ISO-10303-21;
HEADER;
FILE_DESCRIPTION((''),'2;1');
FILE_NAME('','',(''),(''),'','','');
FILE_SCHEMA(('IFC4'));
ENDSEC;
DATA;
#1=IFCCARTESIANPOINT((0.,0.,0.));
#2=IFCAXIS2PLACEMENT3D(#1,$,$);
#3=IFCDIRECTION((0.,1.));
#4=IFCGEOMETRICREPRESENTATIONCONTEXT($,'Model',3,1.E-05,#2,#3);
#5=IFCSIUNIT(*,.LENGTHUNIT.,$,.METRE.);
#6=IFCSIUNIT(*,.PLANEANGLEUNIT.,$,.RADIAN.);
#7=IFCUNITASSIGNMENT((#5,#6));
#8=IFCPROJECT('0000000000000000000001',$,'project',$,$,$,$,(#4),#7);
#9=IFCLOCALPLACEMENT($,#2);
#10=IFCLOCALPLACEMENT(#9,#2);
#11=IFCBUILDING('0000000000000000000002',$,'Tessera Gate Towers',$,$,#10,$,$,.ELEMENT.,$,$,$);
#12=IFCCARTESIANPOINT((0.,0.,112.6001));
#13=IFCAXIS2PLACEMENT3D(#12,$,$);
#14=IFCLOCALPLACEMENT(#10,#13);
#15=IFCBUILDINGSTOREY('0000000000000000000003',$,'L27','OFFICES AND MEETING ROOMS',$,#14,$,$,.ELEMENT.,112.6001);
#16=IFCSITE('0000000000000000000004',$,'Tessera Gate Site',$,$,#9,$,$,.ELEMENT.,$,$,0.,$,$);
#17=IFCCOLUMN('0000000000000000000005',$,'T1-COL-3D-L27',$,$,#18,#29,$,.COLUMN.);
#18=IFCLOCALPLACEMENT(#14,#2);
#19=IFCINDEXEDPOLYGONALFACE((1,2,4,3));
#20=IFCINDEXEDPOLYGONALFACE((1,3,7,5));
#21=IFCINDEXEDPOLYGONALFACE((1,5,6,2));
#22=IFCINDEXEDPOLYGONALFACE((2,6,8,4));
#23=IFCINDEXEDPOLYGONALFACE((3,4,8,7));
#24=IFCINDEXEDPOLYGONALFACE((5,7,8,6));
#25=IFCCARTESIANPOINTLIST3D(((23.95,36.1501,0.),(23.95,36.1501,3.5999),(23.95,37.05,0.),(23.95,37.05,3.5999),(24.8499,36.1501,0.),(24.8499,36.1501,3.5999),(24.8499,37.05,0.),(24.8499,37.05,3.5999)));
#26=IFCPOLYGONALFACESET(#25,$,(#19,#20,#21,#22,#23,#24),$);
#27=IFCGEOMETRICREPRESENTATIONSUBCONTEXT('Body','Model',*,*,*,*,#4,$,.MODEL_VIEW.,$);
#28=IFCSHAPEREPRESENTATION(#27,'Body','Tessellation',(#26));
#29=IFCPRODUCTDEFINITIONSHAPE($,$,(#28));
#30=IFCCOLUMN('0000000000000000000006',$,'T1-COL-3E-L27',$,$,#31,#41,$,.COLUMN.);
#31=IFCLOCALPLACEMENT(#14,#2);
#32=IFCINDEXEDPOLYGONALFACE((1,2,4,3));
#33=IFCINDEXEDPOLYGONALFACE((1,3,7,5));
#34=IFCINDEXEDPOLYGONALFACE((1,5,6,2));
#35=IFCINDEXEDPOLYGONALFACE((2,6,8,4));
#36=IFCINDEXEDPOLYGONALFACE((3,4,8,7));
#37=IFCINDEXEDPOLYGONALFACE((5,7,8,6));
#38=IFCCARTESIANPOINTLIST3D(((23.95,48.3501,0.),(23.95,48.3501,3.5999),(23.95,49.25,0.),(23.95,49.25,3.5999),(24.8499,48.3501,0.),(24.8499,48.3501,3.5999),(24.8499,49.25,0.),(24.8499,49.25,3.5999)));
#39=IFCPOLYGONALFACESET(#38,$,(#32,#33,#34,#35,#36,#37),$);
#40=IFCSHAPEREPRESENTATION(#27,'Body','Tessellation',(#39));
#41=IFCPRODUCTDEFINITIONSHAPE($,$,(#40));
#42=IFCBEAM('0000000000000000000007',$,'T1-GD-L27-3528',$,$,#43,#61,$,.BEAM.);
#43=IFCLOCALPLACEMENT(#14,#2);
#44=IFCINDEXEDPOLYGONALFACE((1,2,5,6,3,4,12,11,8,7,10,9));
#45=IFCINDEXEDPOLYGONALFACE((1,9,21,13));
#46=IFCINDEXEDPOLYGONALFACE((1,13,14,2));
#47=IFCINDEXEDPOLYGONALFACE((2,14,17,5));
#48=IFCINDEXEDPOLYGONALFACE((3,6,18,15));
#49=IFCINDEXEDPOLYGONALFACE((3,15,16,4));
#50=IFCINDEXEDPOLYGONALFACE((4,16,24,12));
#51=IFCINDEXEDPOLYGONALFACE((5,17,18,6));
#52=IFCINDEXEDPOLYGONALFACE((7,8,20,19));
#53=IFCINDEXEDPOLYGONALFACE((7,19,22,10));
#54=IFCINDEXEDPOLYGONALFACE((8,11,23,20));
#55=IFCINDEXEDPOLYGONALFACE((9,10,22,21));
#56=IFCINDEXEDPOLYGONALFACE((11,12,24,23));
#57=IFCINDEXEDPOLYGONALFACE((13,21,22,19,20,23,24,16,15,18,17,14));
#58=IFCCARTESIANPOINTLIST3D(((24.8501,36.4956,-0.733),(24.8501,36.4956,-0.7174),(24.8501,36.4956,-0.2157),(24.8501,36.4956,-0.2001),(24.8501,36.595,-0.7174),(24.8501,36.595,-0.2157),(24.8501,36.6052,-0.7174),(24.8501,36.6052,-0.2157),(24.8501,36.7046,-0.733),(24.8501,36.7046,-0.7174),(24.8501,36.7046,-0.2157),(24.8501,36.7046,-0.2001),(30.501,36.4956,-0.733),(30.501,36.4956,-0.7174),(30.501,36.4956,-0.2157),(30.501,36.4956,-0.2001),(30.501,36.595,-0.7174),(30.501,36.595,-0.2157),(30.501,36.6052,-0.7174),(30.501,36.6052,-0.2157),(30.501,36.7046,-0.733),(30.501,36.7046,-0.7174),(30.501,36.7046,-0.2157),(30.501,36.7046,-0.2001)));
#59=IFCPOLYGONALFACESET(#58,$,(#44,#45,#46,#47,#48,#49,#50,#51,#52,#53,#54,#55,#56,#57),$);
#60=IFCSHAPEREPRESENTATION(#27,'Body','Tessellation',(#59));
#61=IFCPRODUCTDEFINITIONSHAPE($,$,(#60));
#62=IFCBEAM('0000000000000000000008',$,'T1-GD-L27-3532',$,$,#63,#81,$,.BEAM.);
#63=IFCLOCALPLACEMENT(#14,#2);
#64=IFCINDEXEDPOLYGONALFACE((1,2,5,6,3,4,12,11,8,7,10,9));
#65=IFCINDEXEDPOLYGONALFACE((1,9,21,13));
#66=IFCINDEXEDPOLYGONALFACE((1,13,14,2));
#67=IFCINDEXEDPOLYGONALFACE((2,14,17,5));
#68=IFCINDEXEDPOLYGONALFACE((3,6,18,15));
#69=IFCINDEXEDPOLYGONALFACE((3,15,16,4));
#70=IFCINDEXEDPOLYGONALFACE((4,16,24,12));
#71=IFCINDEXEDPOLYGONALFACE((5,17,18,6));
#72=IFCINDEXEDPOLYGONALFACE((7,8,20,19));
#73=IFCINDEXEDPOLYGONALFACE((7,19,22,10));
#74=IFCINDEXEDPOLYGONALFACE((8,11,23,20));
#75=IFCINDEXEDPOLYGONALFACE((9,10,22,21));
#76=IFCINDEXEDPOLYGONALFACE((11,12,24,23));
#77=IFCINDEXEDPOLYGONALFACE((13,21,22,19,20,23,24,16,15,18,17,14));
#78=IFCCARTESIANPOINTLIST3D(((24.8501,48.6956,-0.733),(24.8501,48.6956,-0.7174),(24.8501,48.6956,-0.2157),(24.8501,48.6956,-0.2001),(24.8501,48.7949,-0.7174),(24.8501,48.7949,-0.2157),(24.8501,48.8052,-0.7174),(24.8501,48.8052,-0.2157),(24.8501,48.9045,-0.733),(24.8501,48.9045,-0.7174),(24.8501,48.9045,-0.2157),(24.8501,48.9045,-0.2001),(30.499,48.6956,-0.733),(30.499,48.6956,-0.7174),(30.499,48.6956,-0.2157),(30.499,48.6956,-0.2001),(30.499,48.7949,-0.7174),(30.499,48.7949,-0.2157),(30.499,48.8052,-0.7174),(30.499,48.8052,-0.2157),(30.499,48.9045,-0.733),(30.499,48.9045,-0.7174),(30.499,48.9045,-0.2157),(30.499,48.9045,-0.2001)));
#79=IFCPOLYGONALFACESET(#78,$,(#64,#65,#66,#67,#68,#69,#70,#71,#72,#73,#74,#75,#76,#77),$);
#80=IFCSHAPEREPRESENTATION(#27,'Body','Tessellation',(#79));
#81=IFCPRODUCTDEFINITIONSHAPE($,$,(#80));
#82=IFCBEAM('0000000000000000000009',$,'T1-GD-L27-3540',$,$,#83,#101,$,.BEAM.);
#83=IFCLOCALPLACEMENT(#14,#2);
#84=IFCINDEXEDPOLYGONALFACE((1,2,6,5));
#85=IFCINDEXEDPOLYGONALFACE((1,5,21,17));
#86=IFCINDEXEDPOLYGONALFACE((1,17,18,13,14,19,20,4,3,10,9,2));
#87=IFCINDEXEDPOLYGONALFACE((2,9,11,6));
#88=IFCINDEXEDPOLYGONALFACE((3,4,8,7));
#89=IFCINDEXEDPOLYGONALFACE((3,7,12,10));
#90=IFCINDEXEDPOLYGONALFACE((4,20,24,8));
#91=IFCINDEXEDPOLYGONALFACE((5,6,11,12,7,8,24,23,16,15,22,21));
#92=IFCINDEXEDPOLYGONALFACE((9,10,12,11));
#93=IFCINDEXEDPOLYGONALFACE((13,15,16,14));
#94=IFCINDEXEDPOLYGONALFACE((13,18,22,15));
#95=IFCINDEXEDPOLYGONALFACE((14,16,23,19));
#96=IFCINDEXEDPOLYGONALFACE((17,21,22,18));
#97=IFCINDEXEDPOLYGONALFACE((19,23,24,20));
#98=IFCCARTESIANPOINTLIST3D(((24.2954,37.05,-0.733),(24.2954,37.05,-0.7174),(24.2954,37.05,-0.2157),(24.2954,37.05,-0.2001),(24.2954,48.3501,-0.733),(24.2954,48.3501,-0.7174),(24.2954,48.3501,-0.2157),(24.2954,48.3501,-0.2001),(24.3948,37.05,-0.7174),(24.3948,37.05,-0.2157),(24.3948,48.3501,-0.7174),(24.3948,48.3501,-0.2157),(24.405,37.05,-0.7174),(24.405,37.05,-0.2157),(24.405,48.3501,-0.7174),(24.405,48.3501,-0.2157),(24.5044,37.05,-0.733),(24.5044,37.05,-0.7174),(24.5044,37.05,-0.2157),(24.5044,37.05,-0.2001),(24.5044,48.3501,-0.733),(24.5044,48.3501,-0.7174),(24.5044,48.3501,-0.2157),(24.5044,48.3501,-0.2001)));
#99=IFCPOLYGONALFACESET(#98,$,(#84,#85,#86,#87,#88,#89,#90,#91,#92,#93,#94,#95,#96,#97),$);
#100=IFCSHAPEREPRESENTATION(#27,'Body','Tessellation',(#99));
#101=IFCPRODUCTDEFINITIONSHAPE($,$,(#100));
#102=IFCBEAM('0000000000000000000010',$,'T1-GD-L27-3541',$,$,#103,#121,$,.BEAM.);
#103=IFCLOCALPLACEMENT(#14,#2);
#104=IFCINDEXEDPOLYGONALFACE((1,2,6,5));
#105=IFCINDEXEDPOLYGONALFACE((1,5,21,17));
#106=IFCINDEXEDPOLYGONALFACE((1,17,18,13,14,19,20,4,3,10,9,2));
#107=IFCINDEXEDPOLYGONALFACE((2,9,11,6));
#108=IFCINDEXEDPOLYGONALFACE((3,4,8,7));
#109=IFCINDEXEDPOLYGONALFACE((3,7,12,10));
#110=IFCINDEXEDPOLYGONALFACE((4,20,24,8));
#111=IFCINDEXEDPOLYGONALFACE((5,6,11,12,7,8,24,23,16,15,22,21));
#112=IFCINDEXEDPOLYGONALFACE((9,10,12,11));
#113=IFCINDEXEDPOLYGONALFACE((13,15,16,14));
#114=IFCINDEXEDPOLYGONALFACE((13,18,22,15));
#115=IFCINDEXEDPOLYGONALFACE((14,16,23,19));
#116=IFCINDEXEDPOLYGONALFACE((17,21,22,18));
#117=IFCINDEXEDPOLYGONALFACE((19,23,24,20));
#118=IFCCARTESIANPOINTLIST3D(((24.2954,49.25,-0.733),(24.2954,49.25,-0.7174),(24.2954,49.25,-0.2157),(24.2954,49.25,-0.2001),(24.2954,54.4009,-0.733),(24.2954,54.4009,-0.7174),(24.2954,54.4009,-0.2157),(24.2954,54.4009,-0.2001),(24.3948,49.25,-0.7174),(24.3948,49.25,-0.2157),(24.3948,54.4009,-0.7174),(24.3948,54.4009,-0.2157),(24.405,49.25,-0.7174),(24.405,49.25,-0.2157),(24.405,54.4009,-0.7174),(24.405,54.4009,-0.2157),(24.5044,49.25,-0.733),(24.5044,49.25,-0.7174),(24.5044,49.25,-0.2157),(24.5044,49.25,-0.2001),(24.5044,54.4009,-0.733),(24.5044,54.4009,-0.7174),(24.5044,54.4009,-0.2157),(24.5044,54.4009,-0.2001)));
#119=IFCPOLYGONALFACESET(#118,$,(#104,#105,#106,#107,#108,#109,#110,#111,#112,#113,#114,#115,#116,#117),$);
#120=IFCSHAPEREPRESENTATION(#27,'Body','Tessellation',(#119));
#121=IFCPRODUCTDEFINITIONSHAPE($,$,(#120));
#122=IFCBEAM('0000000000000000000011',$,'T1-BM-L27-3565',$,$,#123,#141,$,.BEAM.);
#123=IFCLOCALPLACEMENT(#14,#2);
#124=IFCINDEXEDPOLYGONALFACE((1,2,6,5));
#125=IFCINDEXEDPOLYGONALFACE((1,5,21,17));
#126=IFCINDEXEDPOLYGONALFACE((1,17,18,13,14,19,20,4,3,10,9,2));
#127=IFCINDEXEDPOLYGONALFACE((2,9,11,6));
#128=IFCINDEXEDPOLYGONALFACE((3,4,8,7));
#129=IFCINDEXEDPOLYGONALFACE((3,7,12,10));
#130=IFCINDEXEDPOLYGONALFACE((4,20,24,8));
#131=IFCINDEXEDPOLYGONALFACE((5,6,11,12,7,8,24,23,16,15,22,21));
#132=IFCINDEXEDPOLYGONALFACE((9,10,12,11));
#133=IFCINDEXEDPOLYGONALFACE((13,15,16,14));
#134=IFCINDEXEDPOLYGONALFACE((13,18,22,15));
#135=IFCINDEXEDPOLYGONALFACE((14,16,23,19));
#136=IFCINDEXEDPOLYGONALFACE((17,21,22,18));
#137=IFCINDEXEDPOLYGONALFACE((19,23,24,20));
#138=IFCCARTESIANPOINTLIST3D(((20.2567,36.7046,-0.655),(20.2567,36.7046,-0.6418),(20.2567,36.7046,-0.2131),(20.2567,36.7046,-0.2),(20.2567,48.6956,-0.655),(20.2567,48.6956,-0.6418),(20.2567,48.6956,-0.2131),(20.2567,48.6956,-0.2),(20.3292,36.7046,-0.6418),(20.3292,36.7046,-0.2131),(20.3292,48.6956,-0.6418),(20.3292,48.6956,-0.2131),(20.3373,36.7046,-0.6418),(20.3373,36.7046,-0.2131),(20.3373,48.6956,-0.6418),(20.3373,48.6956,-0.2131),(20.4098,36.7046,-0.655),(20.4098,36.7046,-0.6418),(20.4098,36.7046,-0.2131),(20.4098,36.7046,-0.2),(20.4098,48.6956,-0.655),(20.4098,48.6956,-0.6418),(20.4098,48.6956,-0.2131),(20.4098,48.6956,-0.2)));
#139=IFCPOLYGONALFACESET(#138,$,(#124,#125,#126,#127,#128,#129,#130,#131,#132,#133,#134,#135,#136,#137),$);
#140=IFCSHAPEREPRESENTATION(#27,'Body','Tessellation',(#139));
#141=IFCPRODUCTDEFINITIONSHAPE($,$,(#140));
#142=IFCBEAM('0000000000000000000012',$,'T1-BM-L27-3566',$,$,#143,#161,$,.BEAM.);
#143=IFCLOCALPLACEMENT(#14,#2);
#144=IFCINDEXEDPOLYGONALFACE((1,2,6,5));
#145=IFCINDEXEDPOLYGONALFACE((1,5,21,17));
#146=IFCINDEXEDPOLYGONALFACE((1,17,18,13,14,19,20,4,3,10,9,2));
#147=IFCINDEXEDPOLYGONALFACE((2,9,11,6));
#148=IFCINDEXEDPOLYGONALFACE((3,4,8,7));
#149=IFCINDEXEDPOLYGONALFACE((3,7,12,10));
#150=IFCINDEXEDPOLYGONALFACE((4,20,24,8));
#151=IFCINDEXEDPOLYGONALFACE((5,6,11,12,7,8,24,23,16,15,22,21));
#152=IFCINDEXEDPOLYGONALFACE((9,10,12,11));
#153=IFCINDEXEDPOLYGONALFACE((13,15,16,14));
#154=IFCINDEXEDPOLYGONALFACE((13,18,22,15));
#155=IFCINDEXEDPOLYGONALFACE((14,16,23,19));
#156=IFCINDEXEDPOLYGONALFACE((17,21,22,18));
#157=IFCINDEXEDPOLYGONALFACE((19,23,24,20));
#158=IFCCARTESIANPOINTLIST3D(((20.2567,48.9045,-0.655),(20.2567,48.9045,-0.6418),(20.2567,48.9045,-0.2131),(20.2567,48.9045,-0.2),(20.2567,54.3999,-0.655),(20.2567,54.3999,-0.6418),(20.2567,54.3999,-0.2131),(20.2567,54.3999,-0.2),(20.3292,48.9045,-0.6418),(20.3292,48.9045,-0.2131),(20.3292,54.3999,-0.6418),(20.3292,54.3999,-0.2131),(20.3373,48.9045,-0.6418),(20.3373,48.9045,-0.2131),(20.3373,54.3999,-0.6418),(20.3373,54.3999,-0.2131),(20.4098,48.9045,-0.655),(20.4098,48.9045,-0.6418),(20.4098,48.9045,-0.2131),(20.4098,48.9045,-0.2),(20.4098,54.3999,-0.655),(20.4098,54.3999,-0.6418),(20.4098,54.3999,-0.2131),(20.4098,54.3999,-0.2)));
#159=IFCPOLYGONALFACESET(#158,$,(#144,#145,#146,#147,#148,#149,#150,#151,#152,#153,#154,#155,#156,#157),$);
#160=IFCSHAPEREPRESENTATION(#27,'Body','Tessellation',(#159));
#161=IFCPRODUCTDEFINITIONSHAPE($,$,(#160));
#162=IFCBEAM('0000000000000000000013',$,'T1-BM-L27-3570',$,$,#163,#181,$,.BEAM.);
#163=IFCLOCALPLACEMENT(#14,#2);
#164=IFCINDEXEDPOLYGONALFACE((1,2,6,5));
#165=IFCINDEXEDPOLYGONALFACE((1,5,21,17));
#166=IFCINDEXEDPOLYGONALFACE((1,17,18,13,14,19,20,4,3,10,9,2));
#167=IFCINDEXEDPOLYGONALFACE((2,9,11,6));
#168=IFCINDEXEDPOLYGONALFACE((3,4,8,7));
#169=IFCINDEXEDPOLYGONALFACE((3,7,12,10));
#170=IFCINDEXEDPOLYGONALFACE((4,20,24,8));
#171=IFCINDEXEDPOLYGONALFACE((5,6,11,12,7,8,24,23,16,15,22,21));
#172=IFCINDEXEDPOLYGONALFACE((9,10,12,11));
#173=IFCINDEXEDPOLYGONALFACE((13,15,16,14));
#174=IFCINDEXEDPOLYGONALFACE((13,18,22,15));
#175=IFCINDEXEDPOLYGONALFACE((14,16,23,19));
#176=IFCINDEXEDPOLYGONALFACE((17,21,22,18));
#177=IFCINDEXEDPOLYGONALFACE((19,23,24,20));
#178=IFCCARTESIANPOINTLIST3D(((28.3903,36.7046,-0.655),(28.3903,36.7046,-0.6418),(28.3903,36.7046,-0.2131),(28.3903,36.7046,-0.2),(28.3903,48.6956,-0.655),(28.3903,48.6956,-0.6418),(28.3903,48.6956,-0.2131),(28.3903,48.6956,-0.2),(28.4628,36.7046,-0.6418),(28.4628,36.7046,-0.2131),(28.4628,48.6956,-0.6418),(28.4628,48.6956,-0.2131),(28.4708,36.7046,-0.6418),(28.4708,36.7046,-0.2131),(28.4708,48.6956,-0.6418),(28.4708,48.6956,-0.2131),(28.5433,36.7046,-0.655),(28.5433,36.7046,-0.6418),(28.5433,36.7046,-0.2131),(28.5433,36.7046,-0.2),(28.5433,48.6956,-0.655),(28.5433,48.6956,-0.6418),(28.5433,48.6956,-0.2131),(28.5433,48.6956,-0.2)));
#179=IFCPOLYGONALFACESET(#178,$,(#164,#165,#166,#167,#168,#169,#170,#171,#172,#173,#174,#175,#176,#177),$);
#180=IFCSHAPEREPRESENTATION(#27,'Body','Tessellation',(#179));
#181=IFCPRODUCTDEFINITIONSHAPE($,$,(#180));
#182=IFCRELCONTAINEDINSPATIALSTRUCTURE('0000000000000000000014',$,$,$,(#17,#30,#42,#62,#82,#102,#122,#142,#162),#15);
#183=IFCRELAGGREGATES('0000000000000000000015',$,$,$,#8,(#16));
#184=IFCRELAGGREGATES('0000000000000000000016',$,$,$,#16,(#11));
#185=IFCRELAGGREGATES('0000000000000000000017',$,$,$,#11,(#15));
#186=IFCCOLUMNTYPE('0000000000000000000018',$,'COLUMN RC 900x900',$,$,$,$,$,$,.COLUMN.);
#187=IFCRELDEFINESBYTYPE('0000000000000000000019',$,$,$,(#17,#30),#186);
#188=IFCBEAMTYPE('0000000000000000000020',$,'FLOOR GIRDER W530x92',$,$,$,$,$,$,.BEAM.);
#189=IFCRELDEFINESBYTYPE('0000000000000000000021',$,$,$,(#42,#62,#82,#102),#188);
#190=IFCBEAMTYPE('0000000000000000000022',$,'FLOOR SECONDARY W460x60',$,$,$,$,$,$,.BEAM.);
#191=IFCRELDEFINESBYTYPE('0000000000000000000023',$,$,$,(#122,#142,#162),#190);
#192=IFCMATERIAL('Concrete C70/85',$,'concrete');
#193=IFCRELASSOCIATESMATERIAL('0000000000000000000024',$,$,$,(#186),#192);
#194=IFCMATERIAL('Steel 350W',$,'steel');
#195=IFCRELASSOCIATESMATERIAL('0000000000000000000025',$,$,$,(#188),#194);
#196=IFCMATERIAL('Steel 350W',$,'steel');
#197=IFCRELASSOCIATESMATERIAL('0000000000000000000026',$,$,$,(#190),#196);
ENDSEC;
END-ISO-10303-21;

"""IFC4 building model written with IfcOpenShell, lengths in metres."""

from ifc_helpers import new_model, si_unit, direction, frame, origin, origin_2d, place, context, subcontext, project, spatial, rectangle, i_section, extrude, material, material_profile, profile_set, type_object, element, save


model = new_model("IFC4")

# Units and contexts
model_context = context("Model", 3, precision=1e-05, world=origin(), true_north=direction((0.0, 1.0)))
body_context = subcontext(model_context, "Body", "Model", "MODEL_VIEW")
ifc_project = project(units=[si_unit("LENGTHUNIT", "METRE"), si_unit("PLANEANGLEUNIT", "RADIAN")], contexts=[model_context])

# Site, building, storey
site_placement = place(None, origin())
site = spatial("IfcSite", under=ifc_project, at=site_placement, Name="Tessera Gate Site", CompositionType="ELEMENT", RefElevation=0.0)
building_placement = place(site_placement, origin())
building = spatial("IfcBuilding", under=site, at=building_placement, Name="Tessera Gate Towers", CompositionType="ELEMENT")
storey_placement = place(building_placement, frame((0.0, 0.0, 112.6001)))
storey = spatial("IfcBuildingStorey", under=building, at=storey_placement, Name="L27", Description="OFFICES AND MEETING ROOMS", CompositionType="ELEMENT", Elevation=112.6001)

# Columns
ifc_material_1 = material(Name="Concrete C70/85", Category="concrete")
ifc_material_profile_1 = material_profile(ifc_material_1, rectangle(XDim=0.8999, YDim=0.8999, at=origin_2d()), Name="RC 900x900")
ifc_profile_set_1 = profile_set([ifc_material_profile_1], Name="Concrete C70/85")
column_type = type_object("IfcColumnType", Name="COLUMN RC 900x900", PredefinedType="COLUMN", material=ifc_profile_set_1)
for number, where, z_axis, x_axis, name in (
    (1, (24.3999, 36.6001, 0.0), (0.0, 0.0, 1.0), (1.0, 0.0, 0.0), "T1-COL-3D-L27"),
    (2, (24.3999, 48.8, 0.0), (0.0, 0.0, 1.0), (1.0, 0.0, 0.0), "T1-COL-3E-L27"),
):
    element("IfcColumn", number, at=place(storey_placement, frame(where, z_axis=z_axis, x_axis=x_axis)), inside=storey, type_object=column_type, Name=name, PredefinedType="COLUMN", context=body_context, shape_type="SweptSolid", body=[
        extrude(rectangle(XDim=0.8999, YDim=0.8999, at=origin_2d()), origin(), (0.0, 0.0, 1.0), 3.5999),
    ])

# Beams
ifc_material_2 = material(Name="Steel 350W", Category="steel")
ifc_material_profile_2 = material_profile(ifc_material_2, i_section(OverallWidth=0.209, OverallDepth=0.533, WebThickness=0.0103, FlangeThickness=0.0156, at=origin_2d()), Name="W530x92")
ifc_profile_set_2 = profile_set([ifc_material_profile_2], Name="Steel 350W")
beam_type_1 = type_object("IfcBeamType", Name="FLOOR GIRDER W530x92", PredefinedType="BEAM", material=ifc_profile_set_2)
beam_1_placement = place(storey_placement, frame((24.8501, 36.6001, -0.4666), z_axis=(1.0, 0.0, 0.0), x_axis=(0.0, 1.0, 0.0)))
element("IfcBeam", 3, at=beam_1_placement, inside=storey, type_object=beam_type_1, Name="T1-GD-L27-3528", PredefinedType="BEAM", context=body_context, shape_type="SweptSolid", body=[
    extrude(i_section(OverallWidth=0.209, OverallDepth=0.533, WebThickness=0.0103, FlangeThickness=0.0156, at=origin_2d()), origin(), (0.0, 0.0, 1.0), 5.6509),
])
beam_2_placement = place(storey_placement, frame((24.8501, 48.8, -0.4666), z_axis=(1.0, 0.0, 0.0), x_axis=(0.0, 1.0, 0.0)))
element("IfcBeam", 4, at=beam_2_placement, inside=storey, type_object=beam_type_1, Name="T1-GD-L27-3532", PredefinedType="BEAM", context=body_context, shape_type="SweptSolid", body=[
    extrude(i_section(OverallWidth=0.209, OverallDepth=0.533, WebThickness=0.0103, FlangeThickness=0.0156, at=origin_2d()), origin(), (0.0, 0.0, 1.0), 5.6489),
])
beam_3_placement = place(storey_placement, frame((24.3999, 37.05, -0.4666), z_axis=(0.0, 1.0, 0.0), x_axis=(-1.0, 0.0, 0.0)))
element("IfcBeam", 5, at=beam_3_placement, inside=storey, type_object=beam_type_1, Name="T1-GD-L27-3540", PredefinedType="BEAM", context=body_context, shape_type="SweptSolid", body=[
    extrude(i_section(OverallWidth=0.209, OverallDepth=0.533, WebThickness=0.0103, FlangeThickness=0.0156, at=origin_2d()), origin(), (0.0, 0.0, 1.0), 11.3),
])
beam_4_placement = place(storey_placement, frame((24.3999, 49.25, -0.4666), z_axis=(0.0, 1.0, 0.0), x_axis=(-1.0, 0.0, 0.0)))
element("IfcBeam", 6, at=beam_4_placement, inside=storey, type_object=beam_type_1, Name="T1-GD-L27-3541", PredefinedType="BEAM", context=body_context, shape_type="SweptSolid", body=[
    extrude(i_section(OverallWidth=0.209, OverallDepth=0.533, WebThickness=0.0103, FlangeThickness=0.0156, at=origin_2d()), origin(), (0.0, 0.0, 1.0), 5.1509),
])
ifc_material_3 = material(Name="Steel 350W", Category="steel")
ifc_material_profile_3 = material_profile(ifc_material_3, i_section(OverallWidth=0.1531, OverallDepth=0.4551, WebThickness=0.0081, FlangeThickness=0.0132, at=origin_2d()), Name="W460x60")
ifc_profile_set_3 = profile_set([ifc_material_profile_3], Name="Steel 350W")
beam_type_2 = type_object("IfcBeamType", Name="FLOOR SECONDARY W460x60", PredefinedType="BEAM", material=ifc_profile_set_3)
beam_5_placement = place(storey_placement, frame((20.3333, 36.7046, -0.4275), z_axis=(0.0, 1.0, 0.0), x_axis=(-1.0, 0.0, 0.0)))
element("IfcBeam", 7, at=beam_5_placement, inside=storey, type_object=beam_type_2, Name="T1-BM-L27-3565", PredefinedType="BEAM", context=body_context, shape_type="SweptSolid", body=[
    extrude(i_section(OverallWidth=0.1531, OverallDepth=0.4551, WebThickness=0.0081, FlangeThickness=0.0132, at=origin_2d()), origin(), (0.0, 0.0, 1.0), 11.991),
])
beam_6_placement = place(storey_placement, frame((20.3333, 48.9045, -0.4275), z_axis=(0.0, 1.0, 0.0), x_axis=(-1.0, 0.0, 0.0)))
element("IfcBeam", 8, at=beam_6_placement, inside=storey, type_object=beam_type_2, Name="T1-BM-L27-3566", PredefinedType="BEAM", context=body_context, shape_type="SweptSolid", body=[
    extrude(i_section(OverallWidth=0.1531, OverallDepth=0.4551, WebThickness=0.0081, FlangeThickness=0.0132, at=origin_2d()), origin(), (0.0, 0.0, 1.0), 5.4954),
])
beam_7_placement = place(storey_placement, frame((28.4668, 36.7046, -0.4275), z_axis=(0.0, 1.0, 0.0), x_axis=(-1.0, 0.0, 0.0)))
element("IfcBeam", 9, at=beam_7_placement, inside=storey, type_object=beam_type_2, Name="T1-BM-L27-3570", PredefinedType="BEAM", context=body_context, shape_type="SweptSolid", body=[
    extrude(i_section(OverallWidth=0.1531, OverallDepth=0.4551, WebThickness=0.0081, FlangeThickness=0.0132, at=origin_2d()), origin(), (0.0, 0.0, 1.0), 11.991),
])

save(model, "model.ifc")
